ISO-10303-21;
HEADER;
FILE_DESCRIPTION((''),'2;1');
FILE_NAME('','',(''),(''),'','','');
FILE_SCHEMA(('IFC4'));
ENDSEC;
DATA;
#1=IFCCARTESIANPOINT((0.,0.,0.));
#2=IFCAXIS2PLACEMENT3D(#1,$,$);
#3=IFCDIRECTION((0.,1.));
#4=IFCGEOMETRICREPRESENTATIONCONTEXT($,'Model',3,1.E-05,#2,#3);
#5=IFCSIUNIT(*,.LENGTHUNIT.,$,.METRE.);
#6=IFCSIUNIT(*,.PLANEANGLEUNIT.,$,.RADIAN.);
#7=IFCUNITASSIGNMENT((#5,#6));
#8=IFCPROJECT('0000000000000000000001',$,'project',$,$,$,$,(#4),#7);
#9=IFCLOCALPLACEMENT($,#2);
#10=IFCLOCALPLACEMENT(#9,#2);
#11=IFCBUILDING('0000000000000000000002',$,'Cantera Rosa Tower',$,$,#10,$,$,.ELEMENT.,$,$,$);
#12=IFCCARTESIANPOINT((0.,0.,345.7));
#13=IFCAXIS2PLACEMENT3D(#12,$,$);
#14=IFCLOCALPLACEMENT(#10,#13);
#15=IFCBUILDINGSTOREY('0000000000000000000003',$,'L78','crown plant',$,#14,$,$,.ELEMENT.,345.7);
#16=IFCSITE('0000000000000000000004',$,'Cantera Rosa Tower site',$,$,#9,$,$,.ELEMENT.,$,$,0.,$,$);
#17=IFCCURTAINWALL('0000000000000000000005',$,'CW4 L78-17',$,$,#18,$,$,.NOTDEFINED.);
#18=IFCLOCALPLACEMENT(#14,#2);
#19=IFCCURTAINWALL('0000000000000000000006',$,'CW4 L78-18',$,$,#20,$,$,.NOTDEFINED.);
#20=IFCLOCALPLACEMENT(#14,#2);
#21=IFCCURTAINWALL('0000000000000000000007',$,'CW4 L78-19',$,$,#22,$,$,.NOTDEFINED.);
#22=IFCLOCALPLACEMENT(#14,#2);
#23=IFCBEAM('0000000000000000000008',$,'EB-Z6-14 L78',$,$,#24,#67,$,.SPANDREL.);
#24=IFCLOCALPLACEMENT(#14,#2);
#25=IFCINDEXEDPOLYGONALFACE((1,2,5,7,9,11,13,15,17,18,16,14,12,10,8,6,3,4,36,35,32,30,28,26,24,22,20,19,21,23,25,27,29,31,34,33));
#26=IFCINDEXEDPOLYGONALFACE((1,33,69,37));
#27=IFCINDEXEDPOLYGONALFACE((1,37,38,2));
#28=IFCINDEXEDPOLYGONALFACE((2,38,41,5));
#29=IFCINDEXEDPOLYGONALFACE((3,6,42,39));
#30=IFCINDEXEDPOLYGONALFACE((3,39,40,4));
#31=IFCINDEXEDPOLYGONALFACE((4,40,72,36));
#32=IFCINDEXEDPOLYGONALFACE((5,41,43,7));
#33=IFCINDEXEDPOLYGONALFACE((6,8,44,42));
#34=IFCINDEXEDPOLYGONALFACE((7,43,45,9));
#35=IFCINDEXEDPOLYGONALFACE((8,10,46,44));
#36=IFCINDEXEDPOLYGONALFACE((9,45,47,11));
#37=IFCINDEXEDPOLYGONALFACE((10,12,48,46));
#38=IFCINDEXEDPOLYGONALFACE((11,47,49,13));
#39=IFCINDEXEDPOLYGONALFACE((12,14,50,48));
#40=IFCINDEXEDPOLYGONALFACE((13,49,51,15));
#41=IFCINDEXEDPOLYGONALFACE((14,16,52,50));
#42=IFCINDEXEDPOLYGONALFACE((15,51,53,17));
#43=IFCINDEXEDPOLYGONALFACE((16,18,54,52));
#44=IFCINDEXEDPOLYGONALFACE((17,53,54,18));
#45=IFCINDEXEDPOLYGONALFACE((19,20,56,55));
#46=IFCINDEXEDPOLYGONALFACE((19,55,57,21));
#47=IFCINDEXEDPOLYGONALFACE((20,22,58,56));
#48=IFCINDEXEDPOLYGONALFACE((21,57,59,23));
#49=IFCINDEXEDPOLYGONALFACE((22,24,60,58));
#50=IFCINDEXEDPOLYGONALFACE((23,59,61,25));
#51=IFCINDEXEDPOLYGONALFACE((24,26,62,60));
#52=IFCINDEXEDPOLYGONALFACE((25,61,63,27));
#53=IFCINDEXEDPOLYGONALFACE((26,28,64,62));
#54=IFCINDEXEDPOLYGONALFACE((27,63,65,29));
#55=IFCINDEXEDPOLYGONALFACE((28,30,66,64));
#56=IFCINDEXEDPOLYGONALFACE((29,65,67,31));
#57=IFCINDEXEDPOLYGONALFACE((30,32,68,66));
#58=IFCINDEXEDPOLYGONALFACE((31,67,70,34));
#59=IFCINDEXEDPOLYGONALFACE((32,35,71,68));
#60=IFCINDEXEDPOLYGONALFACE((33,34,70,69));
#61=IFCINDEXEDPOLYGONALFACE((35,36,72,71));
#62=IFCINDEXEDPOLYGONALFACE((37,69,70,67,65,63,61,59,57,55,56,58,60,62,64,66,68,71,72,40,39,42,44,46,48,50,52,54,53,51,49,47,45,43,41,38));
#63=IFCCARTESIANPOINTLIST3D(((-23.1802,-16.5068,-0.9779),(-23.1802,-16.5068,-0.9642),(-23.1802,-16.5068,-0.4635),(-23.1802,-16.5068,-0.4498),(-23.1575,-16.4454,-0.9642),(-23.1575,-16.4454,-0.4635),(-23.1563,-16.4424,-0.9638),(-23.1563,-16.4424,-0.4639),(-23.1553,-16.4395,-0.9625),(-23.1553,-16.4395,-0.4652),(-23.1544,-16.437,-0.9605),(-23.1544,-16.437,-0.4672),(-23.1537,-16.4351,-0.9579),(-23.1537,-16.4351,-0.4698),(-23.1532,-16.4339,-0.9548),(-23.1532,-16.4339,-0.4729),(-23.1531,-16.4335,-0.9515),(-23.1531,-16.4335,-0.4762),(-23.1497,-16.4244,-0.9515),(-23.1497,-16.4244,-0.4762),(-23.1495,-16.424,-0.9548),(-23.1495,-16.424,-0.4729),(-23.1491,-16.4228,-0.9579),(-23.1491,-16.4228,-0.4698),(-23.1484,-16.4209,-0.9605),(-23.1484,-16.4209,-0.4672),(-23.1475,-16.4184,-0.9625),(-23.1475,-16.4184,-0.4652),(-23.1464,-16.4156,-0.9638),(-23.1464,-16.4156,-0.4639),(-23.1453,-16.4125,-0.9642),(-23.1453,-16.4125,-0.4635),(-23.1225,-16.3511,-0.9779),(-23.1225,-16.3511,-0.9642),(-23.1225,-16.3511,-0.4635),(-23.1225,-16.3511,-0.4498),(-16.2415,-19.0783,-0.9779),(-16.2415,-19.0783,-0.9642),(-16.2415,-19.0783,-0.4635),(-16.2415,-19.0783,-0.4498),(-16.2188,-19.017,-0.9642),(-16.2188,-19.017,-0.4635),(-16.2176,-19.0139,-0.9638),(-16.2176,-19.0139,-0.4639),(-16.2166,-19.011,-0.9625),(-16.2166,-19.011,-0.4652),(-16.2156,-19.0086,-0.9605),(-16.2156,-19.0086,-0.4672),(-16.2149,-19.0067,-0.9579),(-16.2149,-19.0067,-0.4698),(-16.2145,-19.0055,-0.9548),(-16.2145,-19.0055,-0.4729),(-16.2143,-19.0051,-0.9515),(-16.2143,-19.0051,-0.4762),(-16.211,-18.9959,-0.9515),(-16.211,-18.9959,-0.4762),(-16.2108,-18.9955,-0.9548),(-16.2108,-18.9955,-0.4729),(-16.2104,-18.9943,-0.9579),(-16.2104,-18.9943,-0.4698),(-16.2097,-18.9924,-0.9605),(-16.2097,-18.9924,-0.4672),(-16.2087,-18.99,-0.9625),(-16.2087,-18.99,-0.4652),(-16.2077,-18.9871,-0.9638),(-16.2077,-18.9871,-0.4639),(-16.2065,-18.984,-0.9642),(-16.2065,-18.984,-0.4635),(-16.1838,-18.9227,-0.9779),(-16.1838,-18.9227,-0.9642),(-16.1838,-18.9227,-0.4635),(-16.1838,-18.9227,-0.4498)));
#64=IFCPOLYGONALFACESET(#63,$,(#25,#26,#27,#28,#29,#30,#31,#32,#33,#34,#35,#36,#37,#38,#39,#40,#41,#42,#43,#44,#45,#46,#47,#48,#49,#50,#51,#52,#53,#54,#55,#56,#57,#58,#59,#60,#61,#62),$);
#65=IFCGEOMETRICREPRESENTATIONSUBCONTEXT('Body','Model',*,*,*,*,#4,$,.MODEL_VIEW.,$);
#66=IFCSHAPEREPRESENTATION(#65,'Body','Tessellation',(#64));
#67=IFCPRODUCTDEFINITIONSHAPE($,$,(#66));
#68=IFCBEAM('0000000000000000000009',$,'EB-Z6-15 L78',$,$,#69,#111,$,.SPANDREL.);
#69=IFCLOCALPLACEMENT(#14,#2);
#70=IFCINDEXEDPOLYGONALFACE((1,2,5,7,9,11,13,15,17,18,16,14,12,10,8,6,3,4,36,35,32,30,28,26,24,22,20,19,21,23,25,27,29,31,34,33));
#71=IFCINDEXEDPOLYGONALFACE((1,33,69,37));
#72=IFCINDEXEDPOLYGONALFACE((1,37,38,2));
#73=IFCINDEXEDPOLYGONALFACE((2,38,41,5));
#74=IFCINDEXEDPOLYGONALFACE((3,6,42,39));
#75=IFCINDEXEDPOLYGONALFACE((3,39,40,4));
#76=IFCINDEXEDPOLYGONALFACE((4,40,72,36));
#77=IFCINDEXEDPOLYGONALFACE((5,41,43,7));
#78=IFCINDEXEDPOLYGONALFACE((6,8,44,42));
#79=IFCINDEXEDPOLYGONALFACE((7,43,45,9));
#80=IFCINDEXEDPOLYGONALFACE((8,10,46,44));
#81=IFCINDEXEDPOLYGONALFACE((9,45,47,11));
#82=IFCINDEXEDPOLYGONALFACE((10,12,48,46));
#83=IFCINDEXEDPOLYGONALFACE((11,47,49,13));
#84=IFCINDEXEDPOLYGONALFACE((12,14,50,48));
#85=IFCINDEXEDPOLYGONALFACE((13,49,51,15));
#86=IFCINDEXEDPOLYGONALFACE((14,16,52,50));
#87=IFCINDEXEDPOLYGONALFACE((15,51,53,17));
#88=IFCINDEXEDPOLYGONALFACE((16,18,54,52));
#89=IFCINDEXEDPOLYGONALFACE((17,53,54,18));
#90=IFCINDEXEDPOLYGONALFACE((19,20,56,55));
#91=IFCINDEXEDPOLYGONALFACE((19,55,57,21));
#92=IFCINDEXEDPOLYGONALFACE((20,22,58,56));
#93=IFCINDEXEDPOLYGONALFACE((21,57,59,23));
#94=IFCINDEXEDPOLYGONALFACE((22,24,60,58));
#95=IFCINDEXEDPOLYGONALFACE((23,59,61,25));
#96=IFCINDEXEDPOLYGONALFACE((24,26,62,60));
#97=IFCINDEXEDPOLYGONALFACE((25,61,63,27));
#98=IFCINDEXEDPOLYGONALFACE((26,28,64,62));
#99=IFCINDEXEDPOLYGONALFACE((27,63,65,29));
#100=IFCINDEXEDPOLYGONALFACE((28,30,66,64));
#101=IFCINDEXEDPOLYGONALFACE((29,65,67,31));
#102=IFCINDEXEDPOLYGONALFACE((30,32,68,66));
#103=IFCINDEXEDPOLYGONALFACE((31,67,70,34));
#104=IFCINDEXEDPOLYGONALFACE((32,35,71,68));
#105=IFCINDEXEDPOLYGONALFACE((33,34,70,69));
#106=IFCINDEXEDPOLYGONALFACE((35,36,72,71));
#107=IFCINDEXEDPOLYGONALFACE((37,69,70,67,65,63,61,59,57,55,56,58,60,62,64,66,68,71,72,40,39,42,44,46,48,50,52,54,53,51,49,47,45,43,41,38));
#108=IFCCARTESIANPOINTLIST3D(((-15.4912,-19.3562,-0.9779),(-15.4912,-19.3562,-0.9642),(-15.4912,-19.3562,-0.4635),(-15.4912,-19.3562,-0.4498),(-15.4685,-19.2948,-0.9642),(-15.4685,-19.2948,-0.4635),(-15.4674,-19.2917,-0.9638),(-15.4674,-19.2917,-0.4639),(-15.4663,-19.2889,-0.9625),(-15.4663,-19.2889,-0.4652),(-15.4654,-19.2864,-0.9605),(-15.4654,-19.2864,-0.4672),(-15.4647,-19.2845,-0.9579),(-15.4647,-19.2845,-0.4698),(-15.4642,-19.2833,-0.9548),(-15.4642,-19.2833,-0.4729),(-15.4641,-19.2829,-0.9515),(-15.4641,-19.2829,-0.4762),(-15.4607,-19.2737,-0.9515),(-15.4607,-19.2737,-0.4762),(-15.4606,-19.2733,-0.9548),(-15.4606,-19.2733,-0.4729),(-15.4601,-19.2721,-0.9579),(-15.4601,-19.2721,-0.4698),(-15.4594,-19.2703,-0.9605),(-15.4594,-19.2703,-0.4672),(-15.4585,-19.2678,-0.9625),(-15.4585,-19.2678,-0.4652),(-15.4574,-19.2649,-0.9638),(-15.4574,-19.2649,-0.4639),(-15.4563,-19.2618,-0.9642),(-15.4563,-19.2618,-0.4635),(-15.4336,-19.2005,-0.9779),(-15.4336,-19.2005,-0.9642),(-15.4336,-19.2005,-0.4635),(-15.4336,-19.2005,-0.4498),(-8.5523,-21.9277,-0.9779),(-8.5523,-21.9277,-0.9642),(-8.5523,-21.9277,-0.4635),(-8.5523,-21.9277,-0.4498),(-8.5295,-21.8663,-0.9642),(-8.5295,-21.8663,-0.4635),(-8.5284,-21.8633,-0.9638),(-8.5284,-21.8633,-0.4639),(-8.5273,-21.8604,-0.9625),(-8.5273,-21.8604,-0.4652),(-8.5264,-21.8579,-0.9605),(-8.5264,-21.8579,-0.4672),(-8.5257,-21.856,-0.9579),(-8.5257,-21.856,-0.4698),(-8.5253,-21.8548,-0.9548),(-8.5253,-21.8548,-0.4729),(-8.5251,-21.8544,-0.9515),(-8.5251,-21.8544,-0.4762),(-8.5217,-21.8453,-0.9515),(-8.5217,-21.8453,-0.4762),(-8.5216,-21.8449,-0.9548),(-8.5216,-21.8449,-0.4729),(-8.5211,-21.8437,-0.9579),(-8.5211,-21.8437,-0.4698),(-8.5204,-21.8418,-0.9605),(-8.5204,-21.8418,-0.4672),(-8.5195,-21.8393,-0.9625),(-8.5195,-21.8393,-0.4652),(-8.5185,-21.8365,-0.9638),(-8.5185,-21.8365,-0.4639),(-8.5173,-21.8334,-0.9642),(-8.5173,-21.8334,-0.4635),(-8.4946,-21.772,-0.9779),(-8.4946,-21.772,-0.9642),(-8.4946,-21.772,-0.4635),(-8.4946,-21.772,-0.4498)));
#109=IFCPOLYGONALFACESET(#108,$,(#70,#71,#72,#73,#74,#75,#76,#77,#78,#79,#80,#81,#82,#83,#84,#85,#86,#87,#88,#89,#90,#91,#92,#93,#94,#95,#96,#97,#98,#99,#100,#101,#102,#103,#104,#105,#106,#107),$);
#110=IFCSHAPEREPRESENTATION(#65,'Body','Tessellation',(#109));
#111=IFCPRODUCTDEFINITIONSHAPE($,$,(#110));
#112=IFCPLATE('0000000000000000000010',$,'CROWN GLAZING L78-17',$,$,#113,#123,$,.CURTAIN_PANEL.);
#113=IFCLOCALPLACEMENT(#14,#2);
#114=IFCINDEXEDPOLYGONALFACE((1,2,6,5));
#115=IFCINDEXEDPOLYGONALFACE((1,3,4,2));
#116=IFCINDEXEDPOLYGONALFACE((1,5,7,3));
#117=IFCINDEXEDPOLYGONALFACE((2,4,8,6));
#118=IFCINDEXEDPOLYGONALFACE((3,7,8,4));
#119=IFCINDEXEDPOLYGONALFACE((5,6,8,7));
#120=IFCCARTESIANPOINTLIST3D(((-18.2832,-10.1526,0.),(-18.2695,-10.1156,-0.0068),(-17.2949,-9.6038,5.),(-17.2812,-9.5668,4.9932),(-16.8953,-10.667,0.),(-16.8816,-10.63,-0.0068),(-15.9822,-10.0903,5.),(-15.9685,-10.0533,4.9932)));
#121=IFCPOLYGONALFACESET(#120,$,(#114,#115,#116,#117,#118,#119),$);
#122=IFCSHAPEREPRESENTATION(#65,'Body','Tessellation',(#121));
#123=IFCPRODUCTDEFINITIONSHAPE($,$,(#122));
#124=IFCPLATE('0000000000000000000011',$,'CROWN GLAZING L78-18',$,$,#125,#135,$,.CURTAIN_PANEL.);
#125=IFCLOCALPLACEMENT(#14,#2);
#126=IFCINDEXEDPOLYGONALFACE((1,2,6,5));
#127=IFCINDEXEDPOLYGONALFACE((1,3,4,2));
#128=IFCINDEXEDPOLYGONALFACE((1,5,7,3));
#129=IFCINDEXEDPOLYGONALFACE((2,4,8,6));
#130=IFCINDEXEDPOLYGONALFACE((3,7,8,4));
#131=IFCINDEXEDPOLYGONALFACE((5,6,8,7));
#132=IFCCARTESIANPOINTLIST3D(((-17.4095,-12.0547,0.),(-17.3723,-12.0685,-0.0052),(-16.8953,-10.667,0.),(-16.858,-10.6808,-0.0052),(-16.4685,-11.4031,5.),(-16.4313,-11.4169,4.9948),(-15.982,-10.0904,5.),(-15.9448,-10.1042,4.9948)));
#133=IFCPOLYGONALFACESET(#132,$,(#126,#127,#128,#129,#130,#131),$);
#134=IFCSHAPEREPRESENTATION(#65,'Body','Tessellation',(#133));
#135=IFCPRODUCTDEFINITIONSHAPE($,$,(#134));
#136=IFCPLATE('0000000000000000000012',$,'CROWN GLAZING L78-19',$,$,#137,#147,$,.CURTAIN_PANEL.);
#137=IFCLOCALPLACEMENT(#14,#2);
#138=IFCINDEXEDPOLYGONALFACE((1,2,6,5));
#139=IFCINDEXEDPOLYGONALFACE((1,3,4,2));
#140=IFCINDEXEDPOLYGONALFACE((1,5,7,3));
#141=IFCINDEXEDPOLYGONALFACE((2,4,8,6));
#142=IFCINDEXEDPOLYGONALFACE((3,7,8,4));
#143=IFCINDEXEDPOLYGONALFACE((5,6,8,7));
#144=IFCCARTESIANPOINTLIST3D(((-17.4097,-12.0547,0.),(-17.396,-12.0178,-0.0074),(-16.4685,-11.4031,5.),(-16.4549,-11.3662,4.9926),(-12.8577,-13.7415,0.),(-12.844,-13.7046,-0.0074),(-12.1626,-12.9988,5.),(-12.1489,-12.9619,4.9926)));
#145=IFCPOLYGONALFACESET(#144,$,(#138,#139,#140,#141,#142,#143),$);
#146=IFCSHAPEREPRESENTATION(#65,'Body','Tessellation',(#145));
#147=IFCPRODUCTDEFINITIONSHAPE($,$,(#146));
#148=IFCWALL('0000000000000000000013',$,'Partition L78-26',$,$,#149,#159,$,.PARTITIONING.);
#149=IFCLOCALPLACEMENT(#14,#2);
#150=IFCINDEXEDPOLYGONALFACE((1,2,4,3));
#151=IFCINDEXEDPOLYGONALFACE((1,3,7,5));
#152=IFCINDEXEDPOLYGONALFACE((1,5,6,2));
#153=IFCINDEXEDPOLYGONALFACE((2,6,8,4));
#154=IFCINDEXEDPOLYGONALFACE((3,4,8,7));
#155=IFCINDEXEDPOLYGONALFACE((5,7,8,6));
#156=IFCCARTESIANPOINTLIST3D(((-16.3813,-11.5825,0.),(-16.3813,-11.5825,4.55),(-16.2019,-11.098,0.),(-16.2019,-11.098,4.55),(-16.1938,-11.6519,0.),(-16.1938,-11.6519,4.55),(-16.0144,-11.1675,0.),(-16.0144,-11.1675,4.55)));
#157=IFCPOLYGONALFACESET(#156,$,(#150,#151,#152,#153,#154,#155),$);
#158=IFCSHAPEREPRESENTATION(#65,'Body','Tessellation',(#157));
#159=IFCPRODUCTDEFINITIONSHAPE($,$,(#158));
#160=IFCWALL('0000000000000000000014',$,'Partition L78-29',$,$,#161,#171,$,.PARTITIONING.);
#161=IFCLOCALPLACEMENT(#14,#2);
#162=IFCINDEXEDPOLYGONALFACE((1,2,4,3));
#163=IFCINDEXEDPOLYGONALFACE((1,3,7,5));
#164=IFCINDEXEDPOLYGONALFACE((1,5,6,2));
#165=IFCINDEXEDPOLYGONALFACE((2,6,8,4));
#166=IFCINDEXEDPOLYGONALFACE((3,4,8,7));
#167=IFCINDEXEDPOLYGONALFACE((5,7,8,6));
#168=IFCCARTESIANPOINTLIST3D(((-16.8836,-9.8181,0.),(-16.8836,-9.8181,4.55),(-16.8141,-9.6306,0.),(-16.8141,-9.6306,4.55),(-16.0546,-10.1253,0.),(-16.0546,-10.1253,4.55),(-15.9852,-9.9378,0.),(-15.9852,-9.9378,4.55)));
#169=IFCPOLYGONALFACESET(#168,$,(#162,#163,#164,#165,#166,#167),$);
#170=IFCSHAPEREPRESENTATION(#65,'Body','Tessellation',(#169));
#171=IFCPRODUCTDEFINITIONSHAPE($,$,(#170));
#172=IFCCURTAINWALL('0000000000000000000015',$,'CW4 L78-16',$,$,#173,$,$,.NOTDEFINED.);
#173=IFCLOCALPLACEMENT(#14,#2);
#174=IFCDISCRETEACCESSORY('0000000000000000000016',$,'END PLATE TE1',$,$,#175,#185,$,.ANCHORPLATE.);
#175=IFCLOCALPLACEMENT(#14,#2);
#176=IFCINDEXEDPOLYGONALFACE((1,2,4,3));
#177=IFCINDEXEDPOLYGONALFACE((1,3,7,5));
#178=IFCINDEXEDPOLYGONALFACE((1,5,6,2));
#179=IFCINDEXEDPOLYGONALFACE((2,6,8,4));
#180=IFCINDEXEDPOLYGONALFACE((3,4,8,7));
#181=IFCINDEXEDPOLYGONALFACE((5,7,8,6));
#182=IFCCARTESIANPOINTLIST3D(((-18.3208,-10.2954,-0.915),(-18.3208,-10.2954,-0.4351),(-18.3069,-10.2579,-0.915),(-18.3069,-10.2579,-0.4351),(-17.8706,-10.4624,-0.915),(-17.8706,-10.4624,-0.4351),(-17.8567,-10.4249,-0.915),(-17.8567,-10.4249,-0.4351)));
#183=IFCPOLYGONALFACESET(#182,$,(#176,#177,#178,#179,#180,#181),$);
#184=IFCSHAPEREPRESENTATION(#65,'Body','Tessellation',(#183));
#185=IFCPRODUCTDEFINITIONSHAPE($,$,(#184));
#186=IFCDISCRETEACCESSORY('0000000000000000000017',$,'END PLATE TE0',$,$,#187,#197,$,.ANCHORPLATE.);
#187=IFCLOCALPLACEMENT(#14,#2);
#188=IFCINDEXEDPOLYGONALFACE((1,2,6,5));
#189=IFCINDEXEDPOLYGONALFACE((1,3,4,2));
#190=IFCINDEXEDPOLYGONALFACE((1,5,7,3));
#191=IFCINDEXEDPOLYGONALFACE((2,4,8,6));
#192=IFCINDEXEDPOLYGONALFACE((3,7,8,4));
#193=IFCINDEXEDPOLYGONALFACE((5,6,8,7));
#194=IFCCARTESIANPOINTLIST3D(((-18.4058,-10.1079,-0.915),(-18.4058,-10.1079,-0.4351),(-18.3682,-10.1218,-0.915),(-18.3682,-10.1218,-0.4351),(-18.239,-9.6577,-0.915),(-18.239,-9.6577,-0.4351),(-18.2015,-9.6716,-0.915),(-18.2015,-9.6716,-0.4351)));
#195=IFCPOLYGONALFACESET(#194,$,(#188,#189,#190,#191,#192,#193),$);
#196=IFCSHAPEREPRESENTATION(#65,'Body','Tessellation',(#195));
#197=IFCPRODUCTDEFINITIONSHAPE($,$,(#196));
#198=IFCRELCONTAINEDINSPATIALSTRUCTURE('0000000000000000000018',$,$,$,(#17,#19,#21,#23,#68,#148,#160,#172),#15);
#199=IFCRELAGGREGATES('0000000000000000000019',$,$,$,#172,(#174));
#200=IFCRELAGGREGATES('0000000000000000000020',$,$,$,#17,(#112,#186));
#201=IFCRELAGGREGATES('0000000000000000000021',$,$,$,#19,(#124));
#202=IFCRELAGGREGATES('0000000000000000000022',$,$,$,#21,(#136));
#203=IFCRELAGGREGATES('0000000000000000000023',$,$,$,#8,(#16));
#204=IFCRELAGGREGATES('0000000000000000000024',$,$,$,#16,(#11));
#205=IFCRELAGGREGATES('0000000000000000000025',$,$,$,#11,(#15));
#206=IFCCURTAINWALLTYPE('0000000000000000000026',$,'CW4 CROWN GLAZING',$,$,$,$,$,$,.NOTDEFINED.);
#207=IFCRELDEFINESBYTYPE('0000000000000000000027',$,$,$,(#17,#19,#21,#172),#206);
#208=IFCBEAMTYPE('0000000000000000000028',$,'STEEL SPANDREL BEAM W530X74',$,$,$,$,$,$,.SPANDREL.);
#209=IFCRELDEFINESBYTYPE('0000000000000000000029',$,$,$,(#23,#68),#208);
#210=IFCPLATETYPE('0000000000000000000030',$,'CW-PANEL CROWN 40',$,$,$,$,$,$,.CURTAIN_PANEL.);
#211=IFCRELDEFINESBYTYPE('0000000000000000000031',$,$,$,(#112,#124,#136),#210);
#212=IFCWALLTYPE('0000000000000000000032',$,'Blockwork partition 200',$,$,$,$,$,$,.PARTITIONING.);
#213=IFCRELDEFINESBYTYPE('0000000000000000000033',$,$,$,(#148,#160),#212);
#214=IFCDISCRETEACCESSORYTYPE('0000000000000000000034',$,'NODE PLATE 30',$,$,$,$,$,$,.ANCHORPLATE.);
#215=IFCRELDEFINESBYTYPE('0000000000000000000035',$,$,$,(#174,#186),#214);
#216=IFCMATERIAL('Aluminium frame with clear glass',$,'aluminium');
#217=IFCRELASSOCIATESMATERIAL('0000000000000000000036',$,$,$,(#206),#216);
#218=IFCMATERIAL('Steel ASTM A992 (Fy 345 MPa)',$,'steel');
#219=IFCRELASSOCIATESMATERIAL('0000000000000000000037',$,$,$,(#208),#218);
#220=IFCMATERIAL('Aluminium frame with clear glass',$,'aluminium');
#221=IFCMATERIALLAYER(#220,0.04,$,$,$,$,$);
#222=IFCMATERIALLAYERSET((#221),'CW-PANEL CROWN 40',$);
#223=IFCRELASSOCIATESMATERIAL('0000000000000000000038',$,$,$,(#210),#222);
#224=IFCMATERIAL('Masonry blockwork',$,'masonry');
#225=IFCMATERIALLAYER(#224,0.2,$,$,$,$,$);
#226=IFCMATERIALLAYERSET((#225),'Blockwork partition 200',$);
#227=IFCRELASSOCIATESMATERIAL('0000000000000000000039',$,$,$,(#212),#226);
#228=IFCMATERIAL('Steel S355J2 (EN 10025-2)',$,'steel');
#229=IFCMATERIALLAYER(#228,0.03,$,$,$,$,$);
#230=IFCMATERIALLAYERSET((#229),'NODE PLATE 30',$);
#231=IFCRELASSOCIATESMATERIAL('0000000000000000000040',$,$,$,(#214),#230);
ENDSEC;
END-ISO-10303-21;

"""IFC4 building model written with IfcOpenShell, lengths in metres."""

from ifc_helpers import new_model, si_unit, direction, frame, frame_2d, origin, origin_2d, place, context, subcontext, project, spatial, polyline, rectangle, i_section, outline, extrude, material, layer, layer_set, material_profile, profile_set, type_object, element, aggregate, save


model = new_model("IFC4")

# Units and contexts
model_context = context("Model", 3, precision=1e-05, world=origin(), true_north=direction((0.0, 1.0)))
body_context = subcontext(model_context, "Body", "Model", "MODEL_VIEW")
ifc_project = project(units=[si_unit("LENGTHUNIT", "METRE"), si_unit("PLANEANGLEUNIT", "RADIAN")], contexts=[model_context])

# Site, building, storey
site_placement = place(None, origin())
site = spatial("IfcSite", under=ifc_project, at=site_placement, Name="Cantera Rosa Tower site", CompositionType="ELEMENT", RefElevation=0.0)
building_placement = place(site_placement, origin())
building = spatial("IfcBuilding", under=site, at=building_placement, Name="Cantera Rosa Tower", CompositionType="ELEMENT")
storey_placement = place(building_placement, frame((0.0, 0.0, 345.7)))
storey = spatial("IfcBuildingStorey", under=building, at=storey_placement, Name="L78", Description="crown plant", CompositionType="ELEMENT", Elevation=345.7)

# Curtain walls
ifc_material_1 = material(Name="Aluminium frame with clear glass", Category="aluminium")
curtain_wall_type = type_object("IfcCurtainWallType", Name="CW4 CROWN GLAZING", PredefinedType="NOTDEFINED", material=ifc_material_1)
curtain_wall_1_placement = place(storey_placement, origin())
curtain_wall_1 = element("IfcCurtainWall", 1, at=curtain_wall_1_placement, inside=storey, type_object=curtain_wall_type, Name="CW4 L78-17", PredefinedType="NOTDEFINED")
curtain_wall_2_placement = place(storey_placement, origin())
curtain_wall_2 = element("IfcCurtainWall", 2, at=curtain_wall_2_placement, inside=storey, type_object=curtain_wall_type, Name="CW4 L78-18", PredefinedType="NOTDEFINED")
curtain_wall_3_placement = place(storey_placement, origin())
curtain_wall_3 = element("IfcCurtainWall", 3, at=curtain_wall_3_placement, inside=storey, type_object=curtain_wall_type, Name="CW4 L78-19", PredefinedType="NOTDEFINED")

# Beams
ifc_material_2 = material(Name="Steel ASTM A992 (Fy 345 MPa)", Category="steel")
ifc_material_profile_1 = material_profile(ifc_material_2, i_section(OverallWidth=0.166, OverallDepth=0.5281, WebThickness=0.0098, FlangeThickness=0.0137, FilletRadius=0.0127, at=origin_2d()), Name="W530X74")
ifc_profile_set_1 = profile_set([ifc_material_profile_1], Name="Steel ASTM A992 (Fy 345 MPa)")
beam_type_1 = type_object("IfcBeamType", Name="STEEL SPANDREL BEAM W530X74", PredefinedType="SPANDREL", material=ifc_profile_set_1)
beam_1_placement = place(storey_placement, frame((-23.1514, -16.429, -0.7139), z_axis=(0.937677, -0.347509, 0.0), x_axis=(0.347509, 0.937677, 0.0)))
element("IfcBeam", 4, at=beam_1_placement, inside=storey, type_object=beam_type_1, Name="EB-Z6-14 L78", PredefinedType="SPANDREL", context=body_context, shape_type="SweptSolid", body=[
    extrude(i_section(OverallWidth=0.166, OverallDepth=0.5281, WebThickness=0.0098, FlangeThickness=0.0137, FilletRadius=0.0127, at=origin_2d()), origin(), (0.0, 0.0, 1.0), 7.3999),
])
beam_2_placement = place(storey_placement, frame((-15.4624, -19.2783, -0.7139), z_axis=(0.937681, -0.347498, 0.0), x_axis=(0.347498, 0.937681, 0.0)))
element("IfcBeam", 5, at=beam_2_placement, inside=storey, type_object=beam_type_1, Name="EB-Z6-15 L78", PredefinedType="SPANDREL", context=body_context, shape_type="SweptSolid", body=[
    extrude(i_section(OverallWidth=0.166, OverallDepth=0.5281, WebThickness=0.0098, FlangeThickness=0.0137, FilletRadius=0.0127, at=origin_2d()), origin(), (0.0, 0.0, 1.0), 7.4001),
])

# Plates
ifc_material_3 = material(Name="Aluminium frame with clear glass", Category="aluminium")
ifc_layer_1 = layer(ifc_material_3, 0.04)
ifc_layer_set_1 = layer_set([ifc_layer_1], Name="CW-PANEL CROWN 40")
plate_type = type_object("IfcPlateType", Name="CW-PANEL CROWN 40", PredefinedType="CURTAIN_PANEL", material=ifc_layer_set_1)
plate_1_placement = place(storey_placement, frame((-18.2832, -10.1526, 0.0), z_axis=(-0.342528, -0.924157, 0.16914), x_axis=(0.937667, -0.347535, 0.000002)))
plate_1 = element("IfcPlate", 6, at=plate_1_placement, type_object=plate_type, Name="CROWN GLAZING L78-17", PredefinedType="CURTAIN_PANEL", context=body_context, shape_type="SweptSolid", body=[
    extrude(outline(polyline([(0.0, 0.0), (1.4802, 0.0), (2.136, 5.0731), (0.736, 5.0731), (0.0, 0.0)])), origin(), (0.0, 0.0, -1.0), 0.04),
])
plate_2_placement = place(storey_placement, frame((-16.8953, -10.667, 0.0), z_axis=(-0.929718, 0.344536, 0.130074), x_axis=(-0.34749, -0.937684, -0.000012)))
plate_2 = element("IfcPlate", 7, at=plate_2_placement, type_object=plate_type, Name="CROWN GLAZING L78-18", PredefinedType="CURTAIN_PANEL", context=body_context, shape_type="SweptSolid", body=[
    extrude(outline(polyline([(0.0, 0.0), (1.48, 0.0), (0.5419, 5.0428), (-0.8581, 5.0428), (0.0, 0.0)])), origin(), (0.0, 0.0, -1.0), 0.04),
])
plate_3_placement = place(storey_placement, frame((-17.4097, -12.0547, 0.0), z_axis=(-0.341521, -0.921611, 0.18438), x_axis=(0.937688, -0.347478, 0.000002)))
plate_3 = element("IfcPlate", 8, at=plate_3_placement, type_object=plate_type, Name="CROWN GLAZING L78-19", PredefinedType="CURTAIN_PANEL", context=body_context, shape_type="SweptSolid", body=[
    extrude(outline(polyline([(0.0, 0.0), (4.8545, 0.0), (5.2482, 5.0872), (0.6561, 5.0872), (0.0, 0.0)])), origin(), (0.0, 0.0, -1.0), 0.04),
])

# Walls
ifc_material_4 = material(Name="Masonry blockwork", Category="masonry")
ifc_layer_2 = layer(ifc_material_4, 0.2)
ifc_layer_set_2 = layer_set([ifc_layer_2], Name="Blockwork partition 200")
wall_type = type_object("IfcWallType", Name="Blockwork partition 200", PredefinedType="PARTITIONING", material=ifc_layer_set_2)
wall_1_placement = place(storey_placement, frame((-16.2876, -11.6172, 0.0), z_axis=(0.0, 0.0, 1.0), x_axis=(0.347391, 0.93772, 0.0)))
element("IfcWall", 9, at=wall_1_placement, inside=storey, type_object=wall_type, Name="Partition L78-26", PredefinedType="PARTITIONING", context=body_context, shape_type="SweptSolid", body=[
    extrude(rectangle(XDim=0.5166, YDim=0.2, at=frame_2d((0.2583, 0.0))), origin(), (0.0, 0.0, 1.0), 4.55),
])
wall_2_placement = place(storey_placement, frame((-16.02, -10.0315, 0.0), z_axis=(0.0, 0.0, 1.0), x_axis=(-0.937695, 0.347458, 0.0)))
element("IfcWall", 10, at=wall_2_placement, inside=storey, type_object=wall_type, Name="Partition L78-29", PredefinedType="PARTITIONING", context=body_context, shape_type="SweptSolid", body=[
    extrude(rectangle(XDim=0.884, YDim=0.2, at=frame_2d((0.4419, 0.0))), origin(), (0.0, 0.0, 1.0), 4.55),
])

# Curtain wall, discrete accessory
curtain_wall_4_placement = place(storey_placement, origin())
curtain_wall_4 = element("IfcCurtainWall", 11, at=curtain_wall_4_placement, inside=storey, type_object=curtain_wall_type, Name="CW4 L78-16", PredefinedType="NOTDEFINED")
ifc_material_5 = material(Name="Steel S355J2 (EN 10025-2)", Category="steel")
ifc_layer_3 = layer(ifc_material_5, 0.03)
ifc_layer_set_3 = layer_set([ifc_layer_3], Name="NODE PLATE 30")
discrete_accessory_type = type_object("IfcDiscreteAccessoryType", Name="NODE PLATE 30", PredefinedType="ANCHORPLATE", material=ifc_layer_set_3)
discrete_accessory_1_placement = place(storey_placement, frame((-17.8706, -10.4624, -0.4351), z_axis=(-0.347778, -0.937577, 0.0), x_axis=(-0.937577, 0.347778, 0.0)))
discrete_accessory_1 = element("IfcDiscreteAccessory", 12, at=discrete_accessory_1_placement, type_object=discrete_accessory_type, Name="END PLATE TE1", PredefinedType="ANCHORPLATE", context=body_context, shape_type="SweptSolid", body=[
    extrude(outline(polyline([(0.0, 0.0), (0.4802, 0.0), (0.4802, 0.48), (0.0, 0.48), (0.0, 0.0)])), origin(), (0.0, 0.0, -1.0), 0.04),
])
aggregate(curtain_wall_4, [discrete_accessory_1])

# Discrete accessory
discrete_accessory_2_placement = place(storey_placement, frame((-18.4058, -10.1079, -0.4351), z_axis=(-0.937743, 0.347331, 0.0), x_axis=(0.347331, 0.937743, 0.0)))
discrete_accessory_2 = element("IfcDiscreteAccessory", 13, at=discrete_accessory_2_placement, type_object=discrete_accessory_type, Name="END PLATE TE0", PredefinedType="ANCHORPLATE", context=body_context, shape_type="SweptSolid", body=[
    extrude(outline(polyline([(0.0, 0.0), (0.4801, 0.0), (0.4801, 0.48), (0.0, 0.48), (0.0, 0.0)])), origin(), (0.0, 0.0, -1.0), 0.04),
])
aggregate(curtain_wall_1, [plate_1, discrete_accessory_2])
aggregate(curtain_wall_2, [plate_2])
aggregate(curtain_wall_3, [plate_3])

save(model, "model.ifc")
